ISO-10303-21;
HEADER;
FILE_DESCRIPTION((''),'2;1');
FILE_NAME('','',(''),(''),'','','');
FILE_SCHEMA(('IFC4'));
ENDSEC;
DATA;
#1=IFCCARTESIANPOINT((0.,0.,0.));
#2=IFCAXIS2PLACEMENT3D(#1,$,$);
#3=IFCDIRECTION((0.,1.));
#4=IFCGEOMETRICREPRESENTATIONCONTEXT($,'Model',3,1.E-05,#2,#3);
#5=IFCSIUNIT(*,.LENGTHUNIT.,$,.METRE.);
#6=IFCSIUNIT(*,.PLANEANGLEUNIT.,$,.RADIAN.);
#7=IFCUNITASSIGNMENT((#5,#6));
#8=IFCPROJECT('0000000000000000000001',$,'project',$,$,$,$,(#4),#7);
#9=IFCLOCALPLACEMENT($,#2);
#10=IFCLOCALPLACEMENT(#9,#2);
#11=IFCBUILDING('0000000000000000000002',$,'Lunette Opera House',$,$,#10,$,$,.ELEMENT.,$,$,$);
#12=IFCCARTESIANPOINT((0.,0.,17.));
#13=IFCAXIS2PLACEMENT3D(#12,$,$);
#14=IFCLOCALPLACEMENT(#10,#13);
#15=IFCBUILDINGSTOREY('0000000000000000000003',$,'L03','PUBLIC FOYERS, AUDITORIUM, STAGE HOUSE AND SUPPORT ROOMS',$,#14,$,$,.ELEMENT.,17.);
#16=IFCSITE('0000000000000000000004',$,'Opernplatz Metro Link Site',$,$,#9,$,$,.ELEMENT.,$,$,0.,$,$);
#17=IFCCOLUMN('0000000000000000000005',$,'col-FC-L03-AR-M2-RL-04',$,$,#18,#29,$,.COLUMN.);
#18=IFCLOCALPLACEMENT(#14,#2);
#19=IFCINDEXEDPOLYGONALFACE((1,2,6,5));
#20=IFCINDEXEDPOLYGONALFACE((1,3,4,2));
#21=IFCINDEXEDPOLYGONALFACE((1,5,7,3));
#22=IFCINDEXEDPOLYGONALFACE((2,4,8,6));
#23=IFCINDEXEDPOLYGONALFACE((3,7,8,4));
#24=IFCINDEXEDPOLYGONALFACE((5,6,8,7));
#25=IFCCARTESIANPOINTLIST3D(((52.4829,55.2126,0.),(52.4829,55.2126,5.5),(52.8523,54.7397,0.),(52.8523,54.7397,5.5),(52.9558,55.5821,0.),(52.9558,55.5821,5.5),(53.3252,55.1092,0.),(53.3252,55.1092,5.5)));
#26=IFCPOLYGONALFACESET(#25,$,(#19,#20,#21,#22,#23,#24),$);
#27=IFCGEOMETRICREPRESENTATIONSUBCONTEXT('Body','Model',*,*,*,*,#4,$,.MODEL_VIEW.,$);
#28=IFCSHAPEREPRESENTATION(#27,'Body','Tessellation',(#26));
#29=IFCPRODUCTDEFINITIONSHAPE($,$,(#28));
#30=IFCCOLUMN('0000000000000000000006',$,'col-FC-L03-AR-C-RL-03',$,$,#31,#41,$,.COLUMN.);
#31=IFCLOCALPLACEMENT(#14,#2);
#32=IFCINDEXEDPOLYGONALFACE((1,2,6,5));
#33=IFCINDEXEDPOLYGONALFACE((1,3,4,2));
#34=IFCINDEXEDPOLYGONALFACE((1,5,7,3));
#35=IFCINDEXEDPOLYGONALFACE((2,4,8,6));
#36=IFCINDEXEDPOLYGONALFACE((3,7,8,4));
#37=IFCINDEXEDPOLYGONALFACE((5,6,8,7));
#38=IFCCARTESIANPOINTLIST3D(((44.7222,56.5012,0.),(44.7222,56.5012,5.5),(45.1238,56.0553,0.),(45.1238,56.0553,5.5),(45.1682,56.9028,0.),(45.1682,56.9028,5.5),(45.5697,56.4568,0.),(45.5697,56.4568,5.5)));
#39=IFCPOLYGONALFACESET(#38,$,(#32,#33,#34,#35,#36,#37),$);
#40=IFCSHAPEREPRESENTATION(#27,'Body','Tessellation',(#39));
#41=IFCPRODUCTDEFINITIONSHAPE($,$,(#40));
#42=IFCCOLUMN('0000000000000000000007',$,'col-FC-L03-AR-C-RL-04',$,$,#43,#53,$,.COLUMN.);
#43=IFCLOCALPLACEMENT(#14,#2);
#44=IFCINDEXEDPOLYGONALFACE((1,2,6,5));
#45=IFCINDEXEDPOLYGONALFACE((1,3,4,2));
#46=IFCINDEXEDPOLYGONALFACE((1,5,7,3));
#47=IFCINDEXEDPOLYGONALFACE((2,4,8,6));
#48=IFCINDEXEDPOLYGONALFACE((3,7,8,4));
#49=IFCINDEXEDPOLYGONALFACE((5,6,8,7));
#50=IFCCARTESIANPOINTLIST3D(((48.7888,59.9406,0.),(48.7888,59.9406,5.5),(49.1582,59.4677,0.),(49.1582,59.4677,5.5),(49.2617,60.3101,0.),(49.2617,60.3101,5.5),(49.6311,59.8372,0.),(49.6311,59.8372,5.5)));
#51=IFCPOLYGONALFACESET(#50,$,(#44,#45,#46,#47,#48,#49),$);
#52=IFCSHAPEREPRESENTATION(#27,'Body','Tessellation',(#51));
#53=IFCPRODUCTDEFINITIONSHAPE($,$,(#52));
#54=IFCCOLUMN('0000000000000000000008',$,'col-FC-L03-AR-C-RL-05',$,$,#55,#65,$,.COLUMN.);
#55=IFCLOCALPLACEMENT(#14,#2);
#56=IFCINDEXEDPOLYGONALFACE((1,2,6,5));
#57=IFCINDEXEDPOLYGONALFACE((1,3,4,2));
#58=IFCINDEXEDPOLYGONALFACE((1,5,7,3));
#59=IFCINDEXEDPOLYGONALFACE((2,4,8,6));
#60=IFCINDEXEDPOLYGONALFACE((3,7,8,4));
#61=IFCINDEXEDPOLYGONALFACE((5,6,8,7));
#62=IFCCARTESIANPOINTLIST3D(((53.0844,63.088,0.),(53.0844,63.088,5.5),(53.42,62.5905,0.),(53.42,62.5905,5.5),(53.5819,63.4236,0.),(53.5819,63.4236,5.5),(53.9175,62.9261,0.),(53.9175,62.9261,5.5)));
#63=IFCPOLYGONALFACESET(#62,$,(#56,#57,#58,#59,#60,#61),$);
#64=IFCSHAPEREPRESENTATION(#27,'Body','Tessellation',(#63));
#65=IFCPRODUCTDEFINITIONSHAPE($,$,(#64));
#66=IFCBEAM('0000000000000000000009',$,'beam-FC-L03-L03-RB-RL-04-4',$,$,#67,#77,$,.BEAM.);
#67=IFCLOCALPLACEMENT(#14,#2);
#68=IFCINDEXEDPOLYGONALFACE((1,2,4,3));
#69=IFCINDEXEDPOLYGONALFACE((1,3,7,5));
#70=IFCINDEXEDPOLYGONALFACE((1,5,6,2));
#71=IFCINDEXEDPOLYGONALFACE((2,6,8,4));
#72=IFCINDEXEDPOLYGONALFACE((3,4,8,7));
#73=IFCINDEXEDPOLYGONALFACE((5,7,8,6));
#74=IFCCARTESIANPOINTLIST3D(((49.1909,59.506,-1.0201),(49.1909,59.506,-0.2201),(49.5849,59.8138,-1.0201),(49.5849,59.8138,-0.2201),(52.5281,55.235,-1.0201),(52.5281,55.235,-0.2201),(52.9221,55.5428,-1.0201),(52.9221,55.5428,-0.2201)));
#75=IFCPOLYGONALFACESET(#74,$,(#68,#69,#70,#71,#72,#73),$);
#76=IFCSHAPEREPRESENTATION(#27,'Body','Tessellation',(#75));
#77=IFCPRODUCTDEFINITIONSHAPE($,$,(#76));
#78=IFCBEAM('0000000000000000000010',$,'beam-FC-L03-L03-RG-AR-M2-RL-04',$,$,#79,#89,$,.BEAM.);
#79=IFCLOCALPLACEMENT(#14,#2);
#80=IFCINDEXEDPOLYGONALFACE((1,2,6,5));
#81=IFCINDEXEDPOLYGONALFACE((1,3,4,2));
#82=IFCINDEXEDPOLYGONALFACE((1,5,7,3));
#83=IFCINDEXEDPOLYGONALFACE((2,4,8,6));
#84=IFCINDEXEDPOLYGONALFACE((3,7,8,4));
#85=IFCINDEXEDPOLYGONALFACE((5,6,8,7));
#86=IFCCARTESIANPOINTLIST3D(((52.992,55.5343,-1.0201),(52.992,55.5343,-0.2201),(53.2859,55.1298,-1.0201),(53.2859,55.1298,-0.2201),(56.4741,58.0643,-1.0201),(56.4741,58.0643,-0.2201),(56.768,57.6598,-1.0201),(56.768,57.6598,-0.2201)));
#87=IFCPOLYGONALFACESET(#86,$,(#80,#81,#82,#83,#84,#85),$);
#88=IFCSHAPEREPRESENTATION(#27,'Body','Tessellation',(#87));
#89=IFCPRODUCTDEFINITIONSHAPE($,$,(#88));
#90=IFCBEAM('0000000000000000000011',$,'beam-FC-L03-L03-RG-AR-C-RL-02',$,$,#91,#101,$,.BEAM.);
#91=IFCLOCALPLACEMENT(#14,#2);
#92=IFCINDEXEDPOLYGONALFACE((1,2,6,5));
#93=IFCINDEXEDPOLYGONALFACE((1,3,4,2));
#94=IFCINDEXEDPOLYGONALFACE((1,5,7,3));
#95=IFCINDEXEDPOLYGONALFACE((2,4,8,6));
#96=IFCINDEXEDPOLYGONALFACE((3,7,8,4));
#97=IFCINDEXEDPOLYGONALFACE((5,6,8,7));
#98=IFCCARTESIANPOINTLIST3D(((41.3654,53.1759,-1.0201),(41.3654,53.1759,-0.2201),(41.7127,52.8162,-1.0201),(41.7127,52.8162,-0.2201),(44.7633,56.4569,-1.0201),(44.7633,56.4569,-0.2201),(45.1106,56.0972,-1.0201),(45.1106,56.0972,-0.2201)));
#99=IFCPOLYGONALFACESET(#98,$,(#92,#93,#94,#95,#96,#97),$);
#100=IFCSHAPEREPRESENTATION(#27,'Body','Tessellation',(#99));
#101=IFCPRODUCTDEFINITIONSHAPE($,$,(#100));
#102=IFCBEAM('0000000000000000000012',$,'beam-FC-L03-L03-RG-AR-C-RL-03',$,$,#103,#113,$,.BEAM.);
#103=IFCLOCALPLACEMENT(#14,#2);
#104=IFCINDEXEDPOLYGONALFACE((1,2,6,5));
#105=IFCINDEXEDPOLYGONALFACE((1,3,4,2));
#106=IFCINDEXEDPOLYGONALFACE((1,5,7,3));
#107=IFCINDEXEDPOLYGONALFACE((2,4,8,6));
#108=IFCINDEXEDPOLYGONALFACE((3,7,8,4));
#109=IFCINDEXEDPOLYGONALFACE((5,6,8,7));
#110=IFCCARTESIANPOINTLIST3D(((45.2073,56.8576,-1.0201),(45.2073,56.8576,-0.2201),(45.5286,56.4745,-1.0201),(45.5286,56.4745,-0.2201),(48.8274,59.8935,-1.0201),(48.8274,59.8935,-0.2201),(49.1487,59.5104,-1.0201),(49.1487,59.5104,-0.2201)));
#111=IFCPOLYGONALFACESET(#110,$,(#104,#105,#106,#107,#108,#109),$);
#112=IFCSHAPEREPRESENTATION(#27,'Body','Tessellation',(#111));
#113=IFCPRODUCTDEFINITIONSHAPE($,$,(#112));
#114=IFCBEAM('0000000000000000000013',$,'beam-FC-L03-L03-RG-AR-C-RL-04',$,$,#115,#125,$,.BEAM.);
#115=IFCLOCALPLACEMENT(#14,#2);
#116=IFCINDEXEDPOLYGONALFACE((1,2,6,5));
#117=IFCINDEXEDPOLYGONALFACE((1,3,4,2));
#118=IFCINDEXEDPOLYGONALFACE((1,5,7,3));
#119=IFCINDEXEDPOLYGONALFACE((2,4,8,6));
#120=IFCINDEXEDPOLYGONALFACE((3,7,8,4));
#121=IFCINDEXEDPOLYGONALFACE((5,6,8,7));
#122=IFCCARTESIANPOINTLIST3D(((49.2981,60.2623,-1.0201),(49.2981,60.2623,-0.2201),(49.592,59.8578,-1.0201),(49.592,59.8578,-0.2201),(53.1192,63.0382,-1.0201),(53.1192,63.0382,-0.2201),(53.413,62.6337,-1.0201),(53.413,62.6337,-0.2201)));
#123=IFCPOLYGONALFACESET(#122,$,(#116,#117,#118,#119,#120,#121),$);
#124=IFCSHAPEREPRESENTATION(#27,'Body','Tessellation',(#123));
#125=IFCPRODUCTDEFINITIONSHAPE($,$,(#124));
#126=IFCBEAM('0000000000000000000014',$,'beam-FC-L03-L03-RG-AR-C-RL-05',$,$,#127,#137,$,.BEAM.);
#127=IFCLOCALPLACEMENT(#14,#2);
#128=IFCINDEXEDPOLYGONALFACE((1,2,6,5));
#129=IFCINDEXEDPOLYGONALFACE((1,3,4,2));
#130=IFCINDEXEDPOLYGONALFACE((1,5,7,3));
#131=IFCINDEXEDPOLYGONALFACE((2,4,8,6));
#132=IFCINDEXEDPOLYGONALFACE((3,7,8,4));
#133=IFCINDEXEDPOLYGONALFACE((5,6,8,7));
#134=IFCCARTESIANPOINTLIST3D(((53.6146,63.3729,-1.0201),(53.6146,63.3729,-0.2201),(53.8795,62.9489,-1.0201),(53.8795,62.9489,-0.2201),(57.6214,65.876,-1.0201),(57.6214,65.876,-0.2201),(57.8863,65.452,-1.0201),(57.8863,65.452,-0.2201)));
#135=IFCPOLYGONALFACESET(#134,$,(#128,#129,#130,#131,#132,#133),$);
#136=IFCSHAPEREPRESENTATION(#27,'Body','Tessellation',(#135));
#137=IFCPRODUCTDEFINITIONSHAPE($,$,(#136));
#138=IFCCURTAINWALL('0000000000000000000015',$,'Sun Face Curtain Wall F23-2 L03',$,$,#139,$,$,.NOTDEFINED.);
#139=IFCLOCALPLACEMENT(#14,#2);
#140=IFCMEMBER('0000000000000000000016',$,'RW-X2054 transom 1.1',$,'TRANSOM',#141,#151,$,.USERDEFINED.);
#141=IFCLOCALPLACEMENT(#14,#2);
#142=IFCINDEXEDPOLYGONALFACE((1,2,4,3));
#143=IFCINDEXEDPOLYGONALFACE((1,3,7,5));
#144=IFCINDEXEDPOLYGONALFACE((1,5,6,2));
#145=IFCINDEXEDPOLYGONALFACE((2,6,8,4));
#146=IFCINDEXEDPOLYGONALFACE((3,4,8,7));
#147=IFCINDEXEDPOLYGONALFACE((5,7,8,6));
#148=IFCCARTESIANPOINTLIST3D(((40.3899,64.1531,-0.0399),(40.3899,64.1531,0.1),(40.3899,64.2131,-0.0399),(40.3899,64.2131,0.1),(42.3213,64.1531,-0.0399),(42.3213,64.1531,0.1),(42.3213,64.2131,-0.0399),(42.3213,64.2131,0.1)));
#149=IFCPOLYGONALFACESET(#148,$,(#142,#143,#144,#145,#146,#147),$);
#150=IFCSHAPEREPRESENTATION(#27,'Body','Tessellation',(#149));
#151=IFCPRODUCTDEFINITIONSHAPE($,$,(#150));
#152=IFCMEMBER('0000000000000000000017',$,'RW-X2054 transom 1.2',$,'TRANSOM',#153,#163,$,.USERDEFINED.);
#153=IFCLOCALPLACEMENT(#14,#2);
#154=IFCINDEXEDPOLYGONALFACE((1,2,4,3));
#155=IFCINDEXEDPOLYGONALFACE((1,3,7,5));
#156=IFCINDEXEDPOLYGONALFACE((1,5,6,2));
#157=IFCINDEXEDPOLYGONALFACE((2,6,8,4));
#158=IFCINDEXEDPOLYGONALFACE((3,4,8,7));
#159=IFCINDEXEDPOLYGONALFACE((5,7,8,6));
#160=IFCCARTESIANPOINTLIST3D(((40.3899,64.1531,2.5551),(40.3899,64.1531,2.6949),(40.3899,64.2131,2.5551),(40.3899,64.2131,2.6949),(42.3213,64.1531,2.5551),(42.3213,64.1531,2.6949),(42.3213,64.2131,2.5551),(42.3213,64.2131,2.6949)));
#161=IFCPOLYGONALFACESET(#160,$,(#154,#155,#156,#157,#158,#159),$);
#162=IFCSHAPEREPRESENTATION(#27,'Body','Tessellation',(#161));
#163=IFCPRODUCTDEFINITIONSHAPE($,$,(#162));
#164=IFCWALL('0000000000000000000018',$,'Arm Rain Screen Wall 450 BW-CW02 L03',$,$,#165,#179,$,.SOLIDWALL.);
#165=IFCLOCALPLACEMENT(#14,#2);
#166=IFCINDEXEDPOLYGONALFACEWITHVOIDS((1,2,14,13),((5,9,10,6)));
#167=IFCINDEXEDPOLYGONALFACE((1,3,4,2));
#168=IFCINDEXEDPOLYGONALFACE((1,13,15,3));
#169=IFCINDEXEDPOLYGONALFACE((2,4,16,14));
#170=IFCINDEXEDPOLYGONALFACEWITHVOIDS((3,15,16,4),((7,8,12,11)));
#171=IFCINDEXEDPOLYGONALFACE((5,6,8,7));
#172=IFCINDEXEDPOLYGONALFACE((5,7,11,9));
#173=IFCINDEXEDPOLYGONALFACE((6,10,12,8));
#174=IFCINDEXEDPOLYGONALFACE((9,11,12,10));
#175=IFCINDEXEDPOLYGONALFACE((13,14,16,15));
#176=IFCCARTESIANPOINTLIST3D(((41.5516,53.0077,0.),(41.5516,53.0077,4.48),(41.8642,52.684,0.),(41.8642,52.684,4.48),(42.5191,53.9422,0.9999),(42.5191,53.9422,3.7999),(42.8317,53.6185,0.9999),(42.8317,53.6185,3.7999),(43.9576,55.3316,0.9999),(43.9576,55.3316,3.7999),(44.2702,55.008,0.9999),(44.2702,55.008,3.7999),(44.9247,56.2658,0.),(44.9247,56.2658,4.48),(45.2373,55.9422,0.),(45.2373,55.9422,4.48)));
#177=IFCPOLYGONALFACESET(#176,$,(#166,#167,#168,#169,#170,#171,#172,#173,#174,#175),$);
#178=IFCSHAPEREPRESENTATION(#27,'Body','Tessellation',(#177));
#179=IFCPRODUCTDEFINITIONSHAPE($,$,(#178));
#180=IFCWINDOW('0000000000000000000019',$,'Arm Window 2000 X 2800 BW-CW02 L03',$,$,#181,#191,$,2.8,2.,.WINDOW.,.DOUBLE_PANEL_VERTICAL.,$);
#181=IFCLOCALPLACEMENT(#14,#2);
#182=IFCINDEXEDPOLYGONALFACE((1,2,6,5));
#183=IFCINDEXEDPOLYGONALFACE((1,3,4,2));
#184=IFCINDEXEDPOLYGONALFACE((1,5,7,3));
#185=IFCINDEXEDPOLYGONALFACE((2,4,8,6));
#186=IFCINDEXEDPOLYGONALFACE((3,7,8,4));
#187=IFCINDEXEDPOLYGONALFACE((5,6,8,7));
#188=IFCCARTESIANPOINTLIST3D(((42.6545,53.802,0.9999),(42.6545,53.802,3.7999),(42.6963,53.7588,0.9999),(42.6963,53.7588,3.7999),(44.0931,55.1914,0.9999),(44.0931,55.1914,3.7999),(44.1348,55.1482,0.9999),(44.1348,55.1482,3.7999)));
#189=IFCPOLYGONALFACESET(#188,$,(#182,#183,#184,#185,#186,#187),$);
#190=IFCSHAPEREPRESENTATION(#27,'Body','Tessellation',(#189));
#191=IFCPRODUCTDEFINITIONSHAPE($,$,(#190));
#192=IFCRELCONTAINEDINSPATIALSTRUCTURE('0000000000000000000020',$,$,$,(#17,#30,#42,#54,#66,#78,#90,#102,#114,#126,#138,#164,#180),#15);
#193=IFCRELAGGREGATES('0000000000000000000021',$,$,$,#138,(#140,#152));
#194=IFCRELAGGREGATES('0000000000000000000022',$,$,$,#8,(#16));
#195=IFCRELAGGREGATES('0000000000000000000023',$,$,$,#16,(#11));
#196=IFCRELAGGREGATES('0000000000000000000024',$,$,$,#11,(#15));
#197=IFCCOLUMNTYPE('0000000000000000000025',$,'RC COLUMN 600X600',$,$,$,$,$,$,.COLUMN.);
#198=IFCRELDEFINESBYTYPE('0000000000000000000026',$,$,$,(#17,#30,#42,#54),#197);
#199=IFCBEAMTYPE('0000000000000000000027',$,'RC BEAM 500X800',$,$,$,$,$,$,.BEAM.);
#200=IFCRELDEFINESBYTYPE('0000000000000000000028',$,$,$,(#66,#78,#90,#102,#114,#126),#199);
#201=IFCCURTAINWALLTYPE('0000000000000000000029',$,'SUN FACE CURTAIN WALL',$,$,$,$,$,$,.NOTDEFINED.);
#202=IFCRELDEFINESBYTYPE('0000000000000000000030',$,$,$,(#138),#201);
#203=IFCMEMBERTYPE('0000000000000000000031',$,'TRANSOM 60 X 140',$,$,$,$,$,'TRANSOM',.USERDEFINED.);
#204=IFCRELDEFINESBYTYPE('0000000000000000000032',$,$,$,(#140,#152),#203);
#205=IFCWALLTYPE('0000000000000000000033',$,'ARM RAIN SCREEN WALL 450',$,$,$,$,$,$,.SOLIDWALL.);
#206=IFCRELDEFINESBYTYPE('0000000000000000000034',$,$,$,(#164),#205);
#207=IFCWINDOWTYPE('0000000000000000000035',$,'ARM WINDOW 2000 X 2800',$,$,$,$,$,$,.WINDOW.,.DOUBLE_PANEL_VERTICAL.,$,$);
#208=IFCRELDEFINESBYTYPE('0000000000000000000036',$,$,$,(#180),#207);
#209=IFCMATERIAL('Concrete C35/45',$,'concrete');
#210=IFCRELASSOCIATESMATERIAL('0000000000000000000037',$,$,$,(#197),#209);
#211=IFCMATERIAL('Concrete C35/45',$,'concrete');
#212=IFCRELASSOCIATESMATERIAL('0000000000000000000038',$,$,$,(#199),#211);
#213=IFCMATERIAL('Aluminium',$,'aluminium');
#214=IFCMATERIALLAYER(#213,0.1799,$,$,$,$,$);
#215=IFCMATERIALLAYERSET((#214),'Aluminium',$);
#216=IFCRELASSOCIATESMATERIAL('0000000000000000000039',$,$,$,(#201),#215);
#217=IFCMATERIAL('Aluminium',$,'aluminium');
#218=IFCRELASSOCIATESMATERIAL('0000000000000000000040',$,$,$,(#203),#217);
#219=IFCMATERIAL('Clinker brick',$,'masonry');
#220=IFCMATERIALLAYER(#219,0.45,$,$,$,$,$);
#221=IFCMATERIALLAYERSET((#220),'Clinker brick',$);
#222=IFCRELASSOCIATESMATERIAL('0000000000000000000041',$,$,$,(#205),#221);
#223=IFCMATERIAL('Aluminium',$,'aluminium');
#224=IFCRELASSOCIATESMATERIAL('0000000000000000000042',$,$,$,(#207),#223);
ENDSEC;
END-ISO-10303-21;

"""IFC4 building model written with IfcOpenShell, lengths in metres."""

from ifc_helpers import new_model, si_unit, direction, frame, frame_2d, origin, origin_2d, place, context, subcontext, project, spatial, rectangle, extrude, material, layer, layer_set, material_profile, profile_set, type_object, element, fill, aggregate, save


model = new_model("IFC4")

# Units and contexts
model_context = context("Model", 3, precision=1e-05, world=origin(), true_north=direction((0.0, 1.0)))
body_context = subcontext(model_context, "Body", "Model", "MODEL_VIEW")
ifc_project = project(units=[si_unit("LENGTHUNIT", "METRE"), si_unit("PLANEANGLEUNIT", "RADIAN")], contexts=[model_context])

# Site, building, storey
site_placement = place(None, origin())
site = spatial("IfcSite", under=ifc_project, at=site_placement, Name="Opernplatz Metro Link Site", CompositionType="ELEMENT", RefElevation=0.0)
building_placement = place(site_placement, origin())
building = spatial("IfcBuilding", under=site, at=building_placement, Name="Lunette Opera House", CompositionType="ELEMENT")
storey_placement = place(building_placement, frame((0.0, 0.0, 17.0)))
storey = spatial("IfcBuildingStorey", under=building, at=storey_placement, Name="L03", Description="PUBLIC FOYERS, AUDITORIUM, STAGE HOUSE AND SUPPORT ROOMS", CompositionType="ELEMENT", Elevation=17.0)

# Columns
ifc_material_1 = material(Name="Concrete C35/45", Category="concrete")
ifc_material_profile_1 = material_profile(ifc_material_1, rectangle(XDim=0.6001, YDim=0.6001, at=origin_2d()), Name="RC COLUMN 600X600")
ifc_profile_set_1 = profile_set([ifc_material_profile_1], Name="Concrete C35/45")
column_type = type_object("IfcColumnType", Name="RC COLUMN 600X600", PredefinedType="COLUMN", material=ifc_profile_set_1)
for number, where, z_axis, x_axis, name in (
    (1, (52.9041, 55.1609, 0.0), (0.0, 0.0, 1.0), (0.788011, 0.615661, 0.0), "col-FC-L03-AR-M2-RL-04"),
    (2, (45.146, 56.479, 0.0), (0.0, 0.0, 1.0), (0.743145, 0.669131, 0.0), "col-FC-L03-AR-C-RL-03"),
    (3, (49.21, 59.8889, 0.0), (0.0, 0.0, 1.0), (0.788011, 0.615661, 0.0), "col-FC-L03-AR-C-RL-04"),
    (4, (53.501, 63.0071, 0.0), (0.0, 0.0, 1.0), (0.829038, 0.559193, 0.0), "col-FC-L03-AR-C-RL-05"),
):
    element("IfcColumn", number, at=place(storey_placement, frame(where, z_axis=z_axis, x_axis=x_axis)), inside=storey, type_object=column_type, Name=name, PredefinedType="COLUMN", context=body_context, shape_type="SweptSolid", body=[
        extrude(rectangle(XDim=0.6001, YDim=0.6001, at=origin_2d()), origin(), (0.0, 0.0, 1.0), 5.5),
    ])

# Beams
ifc_material_2 = material(Name="Concrete C35/45", Category="concrete")
ifc_material_profile_2 = material_profile(ifc_material_2, rectangle(XDim=0.5, YDim=0.8, at=origin_2d()), Name="RC BEAM 500X800")
ifc_profile_set_2 = profile_set([ifc_material_profile_2], Name="Concrete C35/45")
beam_type = type_object("IfcBeamType", Name="RC BEAM 500X800", PredefinedType="BEAM", material=ifc_profile_set_2)
beam_1_placement = place(storey_placement, frame((52.7251, 55.3889, -0.6201), z_axis=(-0.615695, 0.787985, 0.0), x_axis=(-0.787985, -0.615695, 0.0)))
element("IfcBeam", 5, at=beam_1_placement, inside=storey, type_object=beam_type, Name="beam-FC-L03-L03-RB-RL-04-4", PredefinedType="BEAM", context=body_context, shape_type="SweptSolid", body=[
    extrude(rectangle(XDim=0.5, YDim=0.8, at=origin_2d()), origin(), (0.0, 0.0, 1.0), 5.4202),
])
beam_2_placement = place(storey_placement, frame((53.1389, 55.332, -0.6201), z_axis=(0.809008, 0.587797, 0.0), x_axis=(-0.587797, 0.809008, 0.0)))
element("IfcBeam", 6, at=beam_2_placement, inside=storey, type_object=beam_type, Name="beam-FC-L03-L03-RG-AR-M2-RL-04", PredefinedType="BEAM", context=body_context, shape_type="SweptSolid", body=[
    extrude(rectangle(XDim=0.5, YDim=0.8, at=origin_2d()), origin(), (0.0, 0.0, 1.0), 4.3042),
])
beam_3_placement = place(storey_placement, frame((41.5391, 52.9961, -0.6201), z_axis=(0.719377, 0.694619, 0.0), x_axis=(-0.694619, 0.719377, 0.0)))
element("IfcBeam", 7, at=beam_3_placement, inside=storey, type_object=beam_type, Name="beam-FC-L03-L03-RG-AR-C-RL-02", PredefinedType="BEAM", context=body_context, shape_type="SweptSolid", body=[
    extrude(rectangle(XDim=0.5, YDim=0.8, at=origin_2d()), origin(), (0.0, 0.0, 1.0), 4.7234),
])
beam_4_placement = place(storey_placement, frame((45.3679, 56.666, -0.6201), z_axis=(0.766227, 0.64257, 0.0), x_axis=(-0.64257, 0.766227, 0.0)))
element("IfcBeam", 8, at=beam_4_placement, inside=storey, type_object=beam_type, Name="beam-FC-L03-L03-RG-AR-C-RL-03", PredefinedType="BEAM", context=body_context, shape_type="SweptSolid", body=[
    extrude(rectangle(XDim=0.5, YDim=0.8, at=origin_2d()), origin(), (0.0, 0.0, 1.0), 4.7246),
])
beam_5_placement = place(storey_placement, frame((49.4451, 60.0601, -0.6201), z_axis=(0.809044, 0.587747, 0.0), x_axis=(-0.587747, 0.809044, 0.0)))
element("IfcBeam", 9, at=beam_5_placement, inside=storey, type_object=beam_type, Name="beam-FC-L03-L03-RG-AR-C-RL-04", PredefinedType="BEAM", context=body_context, shape_type="SweptSolid", body=[
    extrude(rectangle(XDim=0.5, YDim=0.8, at=origin_2d()), origin(), (0.0, 0.0, 1.0), 4.7229),
])
beam_6_placement = place(storey_placement, frame((53.7471, 63.1609, -0.6201), z_axis=(0.848103, 0.529832, 0.0), x_axis=(-0.529832, 0.848103, 0.0)))
element("IfcBeam", 10, at=beam_6_placement, inside=storey, type_object=beam_type, Name="beam-FC-L03-L03-RG-AR-C-RL-05", PredefinedType="BEAM", context=body_context, shape_type="SweptSolid", body=[
    extrude(rectangle(XDim=0.5, YDim=0.8, at=origin_2d()), origin(), (0.0, 0.0, 1.0), 4.7244),
])

# Curtain wall, members
ifc_material_3 = material(Name="Aluminium", Category="aluminium")
ifc_layer_1 = layer(ifc_material_3, 0.1799)
ifc_layer_set_1 = layer_set([ifc_layer_1], Name="Aluminium")
curtain_wall_type = type_object("IfcCurtainWallType", Name="SUN FACE CURTAIN WALL", PredefinedType="NOTDEFINED", material=ifc_layer_set_1)
curtain_wall_placement = place(storey_placement, origin())
curtain_wall = element("IfcCurtainWall", 11, at=curtain_wall_placement, inside=storey, type_object=curtain_wall_type, Name="Sun Face Curtain Wall F23-2 L03", PredefinedType="NOTDEFINED")
ifc_material_4 = material(Name="Aluminium", Category="aluminium")
ifc_material_profile_3 = material_profile(ifc_material_4, rectangle(XDim=0.0601, YDim=0.1399, at=origin_2d()), Name="TRANSOM 60 X 140")
ifc_profile_set_3 = profile_set([ifc_material_profile_3], Name="Aluminium")
member_type = type_object("IfcMemberType", Name="TRANSOM 60 X 140", ElementType="TRANSOM", PredefinedType="USERDEFINED", material=ifc_profile_set_3)
member_1_placement = place(storey_placement, frame((40.3899, 64.1831, 0.03), z_axis=(1.0, 0.0, 0.0), x_axis=(0.0, 1.0, 0.0)))
member_1 = element("IfcMember", 12, at=member_1_placement, type_object=member_type, Name="RW-X2054 transom 1.1", ObjectType="TRANSOM", PredefinedType="USERDEFINED", context=body_context, shape_type="SweptSolid", body=[
    extrude(rectangle(XDim=0.0601, YDim=0.1399, at=origin_2d()), origin(), (0.0, 0.0, 1.0), 1.9314),
])
member_2_placement = place(storey_placement, frame((40.3899, 64.1831, 2.625), z_axis=(1.0, 0.0, 0.0), x_axis=(0.0, 1.0, 0.0)))
member_2 = element("IfcMember", 13, at=member_2_placement, type_object=member_type, Name="RW-X2054 transom 1.2", ObjectType="TRANSOM", PredefinedType="USERDEFINED", context=body_context, shape_type="SweptSolid", body=[
    extrude(rectangle(XDim=0.0601, YDim=0.1399, at=origin_2d()), origin(), (0.0, 0.0, 1.0), 1.9314),
])
aggregate(curtain_wall, [member_1, member_2])

# Wall, opening, window
ifc_material_5 = material(Name="Clinker brick", Category="masonry")
ifc_layer_2 = layer(ifc_material_5, 0.45)
ifc_layer_set_2 = layer_set([ifc_layer_2], Name="Clinker brick")
wall_type_1 = type_object("IfcWallType", Name="ARM RAIN SCREEN WALL 450", PredefinedType="SOLIDWALL", material=ifc_layer_set_2)
wall_1_placement = place(storey_placement, frame((41.708, 52.8459, 0.0), z_axis=(0.0, 0.0, 1.0), x_axis=(0.719261, 0.69474, 0.0)))
wall_1 = element("IfcWall", 14, at=wall_1_placement, inside=storey, type_object=wall_type_1, Name="Arm Rain Screen Wall 450 BW-CW02 L03", PredefinedType="SOLIDWALL", context=body_context, shape_type="SweptSolid", body=[
    extrude(rectangle(XDim=4.6897, YDim=0.45, at=frame_2d((2.3447, 0.0))), origin(), (0.0, 0.0, 1.0), 4.48),
])
opening_1_placement = place(wall_1_placement, frame((1.345, 0.0, 1.0)))
opening_1 = element("IfcOpeningElement", 15, at=opening_1_placement, cuts=wall_1, PredefinedType="OPENING", context=body_context, shape_type="SweptSolid", body=[
    extrude(rectangle(XDim=2.0, YDim=2.8, at=frame_2d((1.0, 1.3999))), frame((0.0, 0.2371, 0.0), z_axis=(0.0, -1.0, 0.0), x_axis=(1.0, 0.0, 0.0)), (0.0, 0.0, 1.0), 0.4739),
])
ifc_material_6 = material(Name="Aluminium", Category="aluminium")
window_type = type_object("IfcWindowType", Name="ARM WINDOW 2000 X 2800", PartitioningType="DOUBLE_PANEL_VERTICAL", PredefinedType="WINDOW", material=ifc_material_6)
window_1_placement = place(opening_1_placement, origin())
window_1 = element("IfcWindow", 16, at=window_1_placement, inside=storey, type_object=window_type, Name="Arm Window 2000 X 2800 BW-CW02 L03", OverallHeight=2.8, OverallWidth=2.0, PartitioningType="DOUBLE_PANEL_VERTICAL", PredefinedType="WINDOW", context=body_context, shape_type="SweptSolid", body=[
    extrude(rectangle(XDim=2.0, YDim=2.8, at=frame_2d((1.0, 1.3999))), frame((0.0, 0.03, 0.0), z_axis=(0.0, -1.0, 0.0), x_axis=(1.0, 0.0, 0.0)), (0.0, 0.0, 1.0), 0.0601),
])
fill(opening_1, window_1)

save(model, "model.ifc")
